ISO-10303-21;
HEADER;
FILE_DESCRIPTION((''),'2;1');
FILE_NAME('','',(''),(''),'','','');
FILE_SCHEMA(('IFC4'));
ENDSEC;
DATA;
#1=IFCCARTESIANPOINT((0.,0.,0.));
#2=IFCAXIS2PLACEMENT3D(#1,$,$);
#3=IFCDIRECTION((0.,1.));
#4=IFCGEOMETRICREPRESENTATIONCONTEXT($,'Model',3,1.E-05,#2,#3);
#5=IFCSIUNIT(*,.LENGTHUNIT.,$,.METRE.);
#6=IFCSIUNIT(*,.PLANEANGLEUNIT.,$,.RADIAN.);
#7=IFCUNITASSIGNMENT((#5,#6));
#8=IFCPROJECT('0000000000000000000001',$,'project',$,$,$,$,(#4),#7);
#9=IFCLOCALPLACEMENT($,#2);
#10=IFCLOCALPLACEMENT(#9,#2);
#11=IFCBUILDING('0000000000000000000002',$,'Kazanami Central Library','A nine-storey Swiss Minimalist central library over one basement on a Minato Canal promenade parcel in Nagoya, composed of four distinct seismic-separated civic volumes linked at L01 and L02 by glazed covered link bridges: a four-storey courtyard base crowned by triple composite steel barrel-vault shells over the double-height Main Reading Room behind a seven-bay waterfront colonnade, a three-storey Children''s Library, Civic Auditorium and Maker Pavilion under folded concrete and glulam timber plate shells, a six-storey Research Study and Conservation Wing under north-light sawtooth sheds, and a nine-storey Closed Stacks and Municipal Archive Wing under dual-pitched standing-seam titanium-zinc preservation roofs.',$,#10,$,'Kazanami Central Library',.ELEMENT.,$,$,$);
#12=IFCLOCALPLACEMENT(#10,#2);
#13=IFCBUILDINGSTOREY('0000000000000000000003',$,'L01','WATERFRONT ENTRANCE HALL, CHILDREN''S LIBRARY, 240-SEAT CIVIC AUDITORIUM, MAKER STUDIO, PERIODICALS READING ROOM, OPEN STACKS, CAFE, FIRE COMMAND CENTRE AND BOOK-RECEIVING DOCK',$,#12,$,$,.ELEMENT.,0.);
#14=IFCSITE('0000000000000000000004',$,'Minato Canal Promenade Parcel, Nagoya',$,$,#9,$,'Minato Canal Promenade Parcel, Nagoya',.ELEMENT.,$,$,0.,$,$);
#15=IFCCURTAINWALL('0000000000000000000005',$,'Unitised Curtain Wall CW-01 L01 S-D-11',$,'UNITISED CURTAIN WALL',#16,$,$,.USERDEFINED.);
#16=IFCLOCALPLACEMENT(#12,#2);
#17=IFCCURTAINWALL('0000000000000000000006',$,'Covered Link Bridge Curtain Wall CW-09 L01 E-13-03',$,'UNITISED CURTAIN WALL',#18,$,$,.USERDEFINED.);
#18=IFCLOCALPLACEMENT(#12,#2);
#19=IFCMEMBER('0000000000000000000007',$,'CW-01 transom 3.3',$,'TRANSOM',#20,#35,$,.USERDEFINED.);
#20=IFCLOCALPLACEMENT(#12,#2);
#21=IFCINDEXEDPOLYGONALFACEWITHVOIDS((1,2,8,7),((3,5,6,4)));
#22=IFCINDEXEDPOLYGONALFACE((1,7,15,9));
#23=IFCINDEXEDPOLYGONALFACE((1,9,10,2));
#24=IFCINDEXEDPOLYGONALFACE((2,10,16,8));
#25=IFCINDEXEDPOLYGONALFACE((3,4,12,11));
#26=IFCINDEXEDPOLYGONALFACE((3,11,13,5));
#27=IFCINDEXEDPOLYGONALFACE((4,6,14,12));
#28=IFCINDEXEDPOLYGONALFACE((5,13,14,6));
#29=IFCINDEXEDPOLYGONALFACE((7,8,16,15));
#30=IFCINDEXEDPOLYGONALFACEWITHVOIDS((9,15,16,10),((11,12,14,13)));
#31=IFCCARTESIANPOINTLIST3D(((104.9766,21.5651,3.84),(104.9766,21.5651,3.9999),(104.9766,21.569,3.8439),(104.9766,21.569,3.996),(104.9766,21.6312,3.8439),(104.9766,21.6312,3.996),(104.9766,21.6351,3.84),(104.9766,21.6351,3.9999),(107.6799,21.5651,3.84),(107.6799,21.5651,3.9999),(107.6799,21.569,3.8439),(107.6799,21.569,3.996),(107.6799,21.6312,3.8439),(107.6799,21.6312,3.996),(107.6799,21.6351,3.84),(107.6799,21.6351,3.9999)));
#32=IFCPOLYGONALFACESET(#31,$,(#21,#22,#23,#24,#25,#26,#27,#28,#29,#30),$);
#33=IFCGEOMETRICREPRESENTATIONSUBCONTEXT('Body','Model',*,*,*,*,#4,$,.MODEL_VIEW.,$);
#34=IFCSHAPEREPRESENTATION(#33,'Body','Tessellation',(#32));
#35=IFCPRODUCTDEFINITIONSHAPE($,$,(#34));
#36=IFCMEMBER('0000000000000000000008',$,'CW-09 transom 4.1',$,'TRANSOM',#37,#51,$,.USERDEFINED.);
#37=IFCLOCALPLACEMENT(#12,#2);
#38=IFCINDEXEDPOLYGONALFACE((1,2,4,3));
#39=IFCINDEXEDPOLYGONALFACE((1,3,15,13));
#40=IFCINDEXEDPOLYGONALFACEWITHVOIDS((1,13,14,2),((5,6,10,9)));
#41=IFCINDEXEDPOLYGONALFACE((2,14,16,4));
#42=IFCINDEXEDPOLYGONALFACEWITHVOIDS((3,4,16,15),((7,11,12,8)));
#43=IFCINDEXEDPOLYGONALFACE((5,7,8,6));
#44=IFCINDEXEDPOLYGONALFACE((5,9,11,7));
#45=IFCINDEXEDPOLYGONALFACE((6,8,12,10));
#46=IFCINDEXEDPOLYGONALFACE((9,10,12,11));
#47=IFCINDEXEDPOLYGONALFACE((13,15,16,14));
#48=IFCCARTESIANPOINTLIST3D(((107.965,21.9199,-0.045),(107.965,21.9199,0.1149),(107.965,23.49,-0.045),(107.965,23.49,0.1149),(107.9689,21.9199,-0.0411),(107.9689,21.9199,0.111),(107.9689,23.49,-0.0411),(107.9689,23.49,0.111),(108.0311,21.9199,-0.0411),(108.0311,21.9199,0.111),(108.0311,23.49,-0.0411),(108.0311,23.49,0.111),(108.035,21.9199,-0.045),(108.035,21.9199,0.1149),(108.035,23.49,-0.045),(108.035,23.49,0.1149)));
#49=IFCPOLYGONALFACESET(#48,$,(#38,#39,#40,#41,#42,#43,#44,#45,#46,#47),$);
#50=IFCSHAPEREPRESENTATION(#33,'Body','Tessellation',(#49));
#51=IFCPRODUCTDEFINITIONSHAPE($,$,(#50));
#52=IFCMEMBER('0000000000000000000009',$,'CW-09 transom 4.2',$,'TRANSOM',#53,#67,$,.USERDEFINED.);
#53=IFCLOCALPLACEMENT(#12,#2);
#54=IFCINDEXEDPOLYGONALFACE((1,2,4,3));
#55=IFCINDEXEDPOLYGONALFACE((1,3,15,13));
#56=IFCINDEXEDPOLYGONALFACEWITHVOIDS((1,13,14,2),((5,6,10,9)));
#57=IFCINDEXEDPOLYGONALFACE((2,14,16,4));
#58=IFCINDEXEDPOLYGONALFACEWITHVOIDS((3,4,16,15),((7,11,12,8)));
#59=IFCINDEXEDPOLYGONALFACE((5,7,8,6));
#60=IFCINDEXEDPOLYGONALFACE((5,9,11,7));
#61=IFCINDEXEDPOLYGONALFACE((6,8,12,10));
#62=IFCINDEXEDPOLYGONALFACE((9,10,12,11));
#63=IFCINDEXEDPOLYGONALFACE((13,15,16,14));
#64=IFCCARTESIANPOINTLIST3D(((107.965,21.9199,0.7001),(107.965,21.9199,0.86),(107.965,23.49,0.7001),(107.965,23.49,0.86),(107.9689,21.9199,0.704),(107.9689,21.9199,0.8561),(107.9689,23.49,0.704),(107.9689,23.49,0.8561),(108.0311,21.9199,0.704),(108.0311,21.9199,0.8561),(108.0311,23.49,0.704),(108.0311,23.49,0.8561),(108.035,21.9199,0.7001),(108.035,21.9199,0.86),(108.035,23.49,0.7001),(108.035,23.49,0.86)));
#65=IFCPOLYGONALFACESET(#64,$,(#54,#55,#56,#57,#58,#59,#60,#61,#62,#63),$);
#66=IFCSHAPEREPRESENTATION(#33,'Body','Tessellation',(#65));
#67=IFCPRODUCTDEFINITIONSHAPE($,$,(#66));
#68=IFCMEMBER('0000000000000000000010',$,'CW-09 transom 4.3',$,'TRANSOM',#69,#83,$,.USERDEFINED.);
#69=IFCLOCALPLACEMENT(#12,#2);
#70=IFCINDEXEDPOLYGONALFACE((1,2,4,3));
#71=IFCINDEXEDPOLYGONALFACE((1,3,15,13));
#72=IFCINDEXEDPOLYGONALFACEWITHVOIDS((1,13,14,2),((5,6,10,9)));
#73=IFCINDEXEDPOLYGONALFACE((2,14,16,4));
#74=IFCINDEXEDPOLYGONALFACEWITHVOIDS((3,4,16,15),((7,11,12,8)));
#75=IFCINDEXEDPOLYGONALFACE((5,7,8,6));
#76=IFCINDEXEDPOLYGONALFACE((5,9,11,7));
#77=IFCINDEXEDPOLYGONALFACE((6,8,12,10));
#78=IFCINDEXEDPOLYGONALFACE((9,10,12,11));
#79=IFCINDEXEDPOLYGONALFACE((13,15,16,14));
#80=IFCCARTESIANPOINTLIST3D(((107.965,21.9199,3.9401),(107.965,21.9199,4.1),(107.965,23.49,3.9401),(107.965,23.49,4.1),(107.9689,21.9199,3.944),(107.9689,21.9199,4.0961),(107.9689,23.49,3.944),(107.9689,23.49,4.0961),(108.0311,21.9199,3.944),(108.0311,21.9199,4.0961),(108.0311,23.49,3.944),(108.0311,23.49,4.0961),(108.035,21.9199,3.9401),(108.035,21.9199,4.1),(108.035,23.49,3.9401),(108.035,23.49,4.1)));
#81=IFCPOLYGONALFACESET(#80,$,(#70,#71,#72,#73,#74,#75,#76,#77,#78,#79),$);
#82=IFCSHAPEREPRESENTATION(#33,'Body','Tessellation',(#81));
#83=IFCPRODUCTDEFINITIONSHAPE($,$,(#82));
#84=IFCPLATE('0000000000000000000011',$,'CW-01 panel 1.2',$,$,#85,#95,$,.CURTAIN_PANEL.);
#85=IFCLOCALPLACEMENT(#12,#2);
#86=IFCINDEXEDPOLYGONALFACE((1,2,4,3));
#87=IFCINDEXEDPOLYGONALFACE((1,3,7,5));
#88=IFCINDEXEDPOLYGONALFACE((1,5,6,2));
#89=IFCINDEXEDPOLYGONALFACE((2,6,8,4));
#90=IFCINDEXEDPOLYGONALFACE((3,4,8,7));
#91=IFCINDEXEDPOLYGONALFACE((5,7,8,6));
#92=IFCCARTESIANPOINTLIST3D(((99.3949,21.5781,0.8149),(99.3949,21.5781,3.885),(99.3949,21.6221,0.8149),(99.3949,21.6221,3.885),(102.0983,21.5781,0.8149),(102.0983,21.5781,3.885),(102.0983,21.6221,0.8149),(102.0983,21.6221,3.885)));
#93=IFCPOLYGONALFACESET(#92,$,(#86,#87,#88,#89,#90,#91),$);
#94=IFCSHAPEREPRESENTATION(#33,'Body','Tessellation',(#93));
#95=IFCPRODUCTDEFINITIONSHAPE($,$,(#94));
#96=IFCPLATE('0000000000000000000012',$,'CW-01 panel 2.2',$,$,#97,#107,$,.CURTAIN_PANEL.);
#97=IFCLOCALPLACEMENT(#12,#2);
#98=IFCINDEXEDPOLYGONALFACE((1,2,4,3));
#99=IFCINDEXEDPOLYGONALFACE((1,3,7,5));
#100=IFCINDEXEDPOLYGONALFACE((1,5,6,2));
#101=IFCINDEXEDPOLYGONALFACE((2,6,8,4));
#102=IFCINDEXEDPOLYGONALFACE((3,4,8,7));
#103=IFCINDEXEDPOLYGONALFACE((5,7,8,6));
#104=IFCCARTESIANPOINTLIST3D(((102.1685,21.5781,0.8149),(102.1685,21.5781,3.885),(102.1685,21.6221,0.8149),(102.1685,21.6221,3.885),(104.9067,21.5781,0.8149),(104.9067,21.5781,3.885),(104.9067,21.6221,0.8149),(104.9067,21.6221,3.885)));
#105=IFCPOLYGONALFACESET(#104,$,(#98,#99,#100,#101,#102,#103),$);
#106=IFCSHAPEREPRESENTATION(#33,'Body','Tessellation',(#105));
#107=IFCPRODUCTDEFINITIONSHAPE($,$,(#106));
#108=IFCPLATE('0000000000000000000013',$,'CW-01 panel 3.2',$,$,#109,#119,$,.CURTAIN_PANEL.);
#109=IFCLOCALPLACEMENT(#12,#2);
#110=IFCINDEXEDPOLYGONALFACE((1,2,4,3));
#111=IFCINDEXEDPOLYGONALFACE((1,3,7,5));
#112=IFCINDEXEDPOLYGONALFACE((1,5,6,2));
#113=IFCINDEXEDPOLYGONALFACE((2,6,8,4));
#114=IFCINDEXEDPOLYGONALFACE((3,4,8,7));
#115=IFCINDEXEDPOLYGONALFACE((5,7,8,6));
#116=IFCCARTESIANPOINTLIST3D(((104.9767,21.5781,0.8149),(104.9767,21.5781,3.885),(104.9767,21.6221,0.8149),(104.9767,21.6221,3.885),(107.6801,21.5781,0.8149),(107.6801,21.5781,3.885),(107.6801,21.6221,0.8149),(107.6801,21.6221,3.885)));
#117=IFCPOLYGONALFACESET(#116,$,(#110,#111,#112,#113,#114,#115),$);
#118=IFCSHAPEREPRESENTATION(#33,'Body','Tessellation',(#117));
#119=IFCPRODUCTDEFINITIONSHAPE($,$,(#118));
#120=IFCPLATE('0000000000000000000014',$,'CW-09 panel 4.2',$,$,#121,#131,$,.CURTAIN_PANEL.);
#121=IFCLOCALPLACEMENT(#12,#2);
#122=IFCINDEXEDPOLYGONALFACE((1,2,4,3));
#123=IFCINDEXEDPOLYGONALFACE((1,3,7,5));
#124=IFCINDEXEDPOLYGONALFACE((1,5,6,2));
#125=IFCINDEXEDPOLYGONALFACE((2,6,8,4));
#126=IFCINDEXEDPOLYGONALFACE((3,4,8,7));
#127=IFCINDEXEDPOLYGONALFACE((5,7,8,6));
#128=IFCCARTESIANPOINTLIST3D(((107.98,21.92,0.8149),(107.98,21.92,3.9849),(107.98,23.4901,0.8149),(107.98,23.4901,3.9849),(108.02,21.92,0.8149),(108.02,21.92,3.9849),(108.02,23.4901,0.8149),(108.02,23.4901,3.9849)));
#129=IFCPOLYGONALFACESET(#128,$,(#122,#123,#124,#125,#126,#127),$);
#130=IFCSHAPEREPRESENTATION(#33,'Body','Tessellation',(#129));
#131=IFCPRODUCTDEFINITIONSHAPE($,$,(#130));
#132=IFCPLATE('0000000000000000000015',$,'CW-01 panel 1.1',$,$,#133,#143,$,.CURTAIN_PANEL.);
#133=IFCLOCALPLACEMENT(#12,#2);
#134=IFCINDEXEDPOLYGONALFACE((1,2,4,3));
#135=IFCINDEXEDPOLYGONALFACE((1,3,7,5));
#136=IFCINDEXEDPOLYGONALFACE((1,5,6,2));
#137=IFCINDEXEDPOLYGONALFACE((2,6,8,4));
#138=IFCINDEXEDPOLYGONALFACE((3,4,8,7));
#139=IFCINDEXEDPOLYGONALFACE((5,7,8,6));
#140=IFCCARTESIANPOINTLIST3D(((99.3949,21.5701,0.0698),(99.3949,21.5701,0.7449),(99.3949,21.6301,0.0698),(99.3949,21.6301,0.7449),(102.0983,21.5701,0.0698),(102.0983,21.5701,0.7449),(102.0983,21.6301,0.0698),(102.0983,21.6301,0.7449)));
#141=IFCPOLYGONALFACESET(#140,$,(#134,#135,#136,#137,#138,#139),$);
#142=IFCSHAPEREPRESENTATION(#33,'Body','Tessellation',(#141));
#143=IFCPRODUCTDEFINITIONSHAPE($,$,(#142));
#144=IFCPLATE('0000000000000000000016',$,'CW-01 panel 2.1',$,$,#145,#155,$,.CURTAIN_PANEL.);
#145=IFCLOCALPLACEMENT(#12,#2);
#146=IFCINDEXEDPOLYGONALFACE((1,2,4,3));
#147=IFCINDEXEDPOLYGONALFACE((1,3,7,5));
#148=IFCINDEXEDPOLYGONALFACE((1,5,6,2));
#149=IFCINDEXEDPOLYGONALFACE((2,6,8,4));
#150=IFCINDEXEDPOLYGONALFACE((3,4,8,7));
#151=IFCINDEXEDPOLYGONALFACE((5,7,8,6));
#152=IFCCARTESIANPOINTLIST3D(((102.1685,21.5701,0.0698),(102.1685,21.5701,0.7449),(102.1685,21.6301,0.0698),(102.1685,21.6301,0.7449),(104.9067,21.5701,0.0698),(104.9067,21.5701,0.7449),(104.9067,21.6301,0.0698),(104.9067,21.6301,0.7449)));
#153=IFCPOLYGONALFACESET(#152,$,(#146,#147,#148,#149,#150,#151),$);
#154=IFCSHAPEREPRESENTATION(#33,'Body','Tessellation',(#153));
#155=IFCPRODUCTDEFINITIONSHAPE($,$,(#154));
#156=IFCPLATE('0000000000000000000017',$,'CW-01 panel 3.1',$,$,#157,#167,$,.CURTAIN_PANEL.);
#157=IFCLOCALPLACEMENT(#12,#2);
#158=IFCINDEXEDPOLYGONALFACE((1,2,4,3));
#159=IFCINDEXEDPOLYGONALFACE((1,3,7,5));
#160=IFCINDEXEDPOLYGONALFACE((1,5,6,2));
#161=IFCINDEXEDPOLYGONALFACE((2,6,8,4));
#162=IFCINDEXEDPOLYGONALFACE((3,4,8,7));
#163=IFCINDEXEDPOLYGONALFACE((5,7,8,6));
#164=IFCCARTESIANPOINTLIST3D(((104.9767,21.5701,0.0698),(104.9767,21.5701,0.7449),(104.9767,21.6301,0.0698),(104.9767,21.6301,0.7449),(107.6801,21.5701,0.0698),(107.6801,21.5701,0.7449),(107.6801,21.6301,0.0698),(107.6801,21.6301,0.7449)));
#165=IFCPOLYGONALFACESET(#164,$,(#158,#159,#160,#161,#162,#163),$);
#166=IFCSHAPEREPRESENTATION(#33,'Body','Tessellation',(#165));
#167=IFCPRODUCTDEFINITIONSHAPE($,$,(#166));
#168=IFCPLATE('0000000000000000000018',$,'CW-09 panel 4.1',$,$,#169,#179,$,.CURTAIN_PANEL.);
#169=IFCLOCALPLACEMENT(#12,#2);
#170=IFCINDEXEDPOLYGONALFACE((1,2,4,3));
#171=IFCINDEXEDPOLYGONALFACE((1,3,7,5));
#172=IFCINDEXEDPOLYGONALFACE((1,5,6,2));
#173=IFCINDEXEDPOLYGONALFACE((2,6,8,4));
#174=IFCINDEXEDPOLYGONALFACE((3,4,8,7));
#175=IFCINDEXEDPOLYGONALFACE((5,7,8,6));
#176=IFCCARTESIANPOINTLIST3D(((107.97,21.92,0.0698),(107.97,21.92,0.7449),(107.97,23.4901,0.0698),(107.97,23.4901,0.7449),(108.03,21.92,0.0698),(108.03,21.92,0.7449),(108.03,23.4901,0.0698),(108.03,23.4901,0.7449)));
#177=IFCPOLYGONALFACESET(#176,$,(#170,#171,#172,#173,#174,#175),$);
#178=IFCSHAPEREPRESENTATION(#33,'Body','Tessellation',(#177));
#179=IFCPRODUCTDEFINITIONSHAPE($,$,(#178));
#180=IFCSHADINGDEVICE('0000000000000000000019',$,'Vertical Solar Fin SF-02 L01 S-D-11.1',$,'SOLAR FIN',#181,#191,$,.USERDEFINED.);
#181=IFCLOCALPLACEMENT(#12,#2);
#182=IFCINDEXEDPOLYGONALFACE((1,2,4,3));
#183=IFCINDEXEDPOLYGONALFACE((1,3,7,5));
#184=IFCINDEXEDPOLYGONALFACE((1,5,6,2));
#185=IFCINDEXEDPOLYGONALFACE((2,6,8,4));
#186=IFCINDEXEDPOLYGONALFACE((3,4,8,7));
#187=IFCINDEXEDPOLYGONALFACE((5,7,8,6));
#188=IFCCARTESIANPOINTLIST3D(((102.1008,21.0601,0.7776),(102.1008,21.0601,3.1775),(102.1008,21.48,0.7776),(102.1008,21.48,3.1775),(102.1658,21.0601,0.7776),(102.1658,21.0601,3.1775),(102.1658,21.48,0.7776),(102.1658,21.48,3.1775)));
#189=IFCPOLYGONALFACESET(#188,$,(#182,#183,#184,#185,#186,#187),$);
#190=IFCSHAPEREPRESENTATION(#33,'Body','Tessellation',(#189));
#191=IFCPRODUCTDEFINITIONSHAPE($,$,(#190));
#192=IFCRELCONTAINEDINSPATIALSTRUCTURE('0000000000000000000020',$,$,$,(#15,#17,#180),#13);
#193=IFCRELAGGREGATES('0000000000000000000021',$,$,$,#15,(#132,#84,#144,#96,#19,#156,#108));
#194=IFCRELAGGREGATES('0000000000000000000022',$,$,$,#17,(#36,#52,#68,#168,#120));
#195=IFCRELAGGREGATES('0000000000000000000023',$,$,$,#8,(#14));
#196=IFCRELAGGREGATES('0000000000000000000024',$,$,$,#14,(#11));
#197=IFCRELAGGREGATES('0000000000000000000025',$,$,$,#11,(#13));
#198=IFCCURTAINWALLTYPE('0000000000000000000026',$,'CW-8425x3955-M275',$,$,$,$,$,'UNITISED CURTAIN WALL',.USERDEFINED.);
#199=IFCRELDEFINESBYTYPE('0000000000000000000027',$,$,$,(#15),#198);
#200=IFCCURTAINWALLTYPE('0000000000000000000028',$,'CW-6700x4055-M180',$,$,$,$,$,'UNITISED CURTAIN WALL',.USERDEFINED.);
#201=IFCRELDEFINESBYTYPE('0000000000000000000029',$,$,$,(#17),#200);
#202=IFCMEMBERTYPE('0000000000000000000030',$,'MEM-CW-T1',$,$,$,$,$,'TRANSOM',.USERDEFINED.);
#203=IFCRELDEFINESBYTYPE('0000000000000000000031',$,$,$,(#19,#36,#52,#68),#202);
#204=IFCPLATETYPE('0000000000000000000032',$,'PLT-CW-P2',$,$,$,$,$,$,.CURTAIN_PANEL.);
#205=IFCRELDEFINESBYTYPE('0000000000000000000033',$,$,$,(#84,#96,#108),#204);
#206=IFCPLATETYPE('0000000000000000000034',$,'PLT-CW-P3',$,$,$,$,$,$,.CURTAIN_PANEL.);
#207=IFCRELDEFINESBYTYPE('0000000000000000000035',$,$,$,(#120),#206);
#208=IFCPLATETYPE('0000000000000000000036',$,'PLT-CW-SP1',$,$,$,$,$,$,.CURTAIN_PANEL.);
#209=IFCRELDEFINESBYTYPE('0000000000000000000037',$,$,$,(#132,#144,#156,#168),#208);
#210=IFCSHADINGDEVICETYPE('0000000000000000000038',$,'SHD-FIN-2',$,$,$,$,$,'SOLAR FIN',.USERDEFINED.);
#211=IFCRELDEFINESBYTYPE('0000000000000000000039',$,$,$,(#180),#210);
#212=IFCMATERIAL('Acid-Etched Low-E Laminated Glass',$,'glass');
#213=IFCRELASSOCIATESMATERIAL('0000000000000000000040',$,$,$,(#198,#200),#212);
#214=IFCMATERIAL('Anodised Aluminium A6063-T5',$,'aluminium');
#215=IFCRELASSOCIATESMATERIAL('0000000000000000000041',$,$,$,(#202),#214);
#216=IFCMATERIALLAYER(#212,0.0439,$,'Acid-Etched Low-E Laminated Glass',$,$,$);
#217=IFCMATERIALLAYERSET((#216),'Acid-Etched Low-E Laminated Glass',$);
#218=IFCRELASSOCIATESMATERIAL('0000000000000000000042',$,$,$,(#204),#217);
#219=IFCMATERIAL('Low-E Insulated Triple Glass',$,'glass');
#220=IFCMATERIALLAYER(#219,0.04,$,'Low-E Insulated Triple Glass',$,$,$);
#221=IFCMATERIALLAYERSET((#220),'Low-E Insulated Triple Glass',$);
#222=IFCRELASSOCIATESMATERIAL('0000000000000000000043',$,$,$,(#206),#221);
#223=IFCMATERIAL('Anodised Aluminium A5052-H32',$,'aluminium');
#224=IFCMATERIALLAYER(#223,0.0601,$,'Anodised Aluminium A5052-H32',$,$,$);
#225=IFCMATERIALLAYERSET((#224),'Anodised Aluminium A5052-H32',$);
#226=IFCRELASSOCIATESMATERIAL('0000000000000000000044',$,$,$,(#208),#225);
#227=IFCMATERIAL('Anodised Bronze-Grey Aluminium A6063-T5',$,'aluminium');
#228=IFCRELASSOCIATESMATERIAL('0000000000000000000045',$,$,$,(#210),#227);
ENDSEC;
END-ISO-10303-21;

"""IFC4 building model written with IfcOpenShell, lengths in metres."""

from ifc_helpers import new_model, si_unit, direction, frame, origin, origin_2d, place, context, subcontext, project, spatial, rectangle, hollow_rectangle, extrude, material, layer, layer_set, material_profile, profile_set, type_object, element, aggregate, save


model = new_model("IFC4")

# Units and contexts
model_context = context("Model", 3, precision=1e-05, world=origin(), true_north=direction((0.0, 1.0)))
body_context = subcontext(model_context, "Body", "Model", "MODEL_VIEW")
ifc_project = project(units=[si_unit("LENGTHUNIT", "METRE"), si_unit("PLANEANGLEUNIT", "RADIAN")], contexts=[model_context])

# Site, building, storey
site_placement = place(None, origin())
site = spatial("IfcSite", under=ifc_project, at=site_placement, Name="Minato Canal Promenade Parcel, Nagoya", LongName="Minato Canal Promenade Parcel, Nagoya", CompositionType="ELEMENT", RefElevation=0.0)
building_placement = place(site_placement, origin())
building = spatial("IfcBuilding", under=site, at=building_placement, Name="Kazanami Central Library", Description="A nine-storey Swiss Minimalist central library over one basement on a Minato Canal promenade parcel in Nagoya, composed of four distinct seismic-separated civic volumes linked at L01 and L02 by glazed covered link bridges: a four-storey courtyard base crowned by triple composite steel barrel-vault shells over the double-height Main Reading Room behind a seven-bay waterfront colonnade, a three-storey Children's Library, Civic Auditorium and Maker Pavilion under folded concrete and glulam timber plate shells, a six-storey Research Study and Conservation Wing under north-light sawtooth sheds, and a nine-storey Closed Stacks and Municipal Archive Wing under dual-pitched standing-seam titanium-zinc preservation roofs.", LongName="Kazanami Central Library", CompositionType="ELEMENT")
storey_placement = place(building_placement, origin())
storey = spatial("IfcBuildingStorey", under=building, at=storey_placement, Name="L01", Description="WATERFRONT ENTRANCE HALL, CHILDREN'S LIBRARY, 240-SEAT CIVIC AUDITORIUM, MAKER STUDIO, PERIODICALS READING ROOM, OPEN STACKS, CAFE, FIRE COMMAND CENTRE AND BOOK-RECEIVING DOCK", CompositionType="ELEMENT", Elevation=0.0)

# Curtain wall
ifc_material_1 = material(Name="Acid-Etched Low-E Laminated Glass", Category="glass")
curtain_wall_type_1 = type_object("IfcCurtainWallType", Name="CW-8425x3955-M275", ElementType="UNITISED CURTAIN WALL", PredefinedType="USERDEFINED", material=ifc_material_1)
curtain_wall_1_placement = place(storey_placement, origin())
curtain_wall_1 = element("IfcCurtainWall", 1, at=curtain_wall_1_placement, inside=storey, type_object=curtain_wall_type_1, Name="Unitised Curtain Wall CW-01 L01 S-D-11", ObjectType="UNITISED CURTAIN WALL", PredefinedType="USERDEFINED")
ifc_material_2 = material(Name="Anodised Aluminium A6063-T5", Category="aluminium")

# Curtain wall
curtain_wall_type_2 = type_object("IfcCurtainWallType", Name="CW-6700x4055-M180", ElementType="UNITISED CURTAIN WALL", PredefinedType="USERDEFINED", material=ifc_material_1)
curtain_wall_2_placement = place(storey_placement, origin())
curtain_wall_2 = element("IfcCurtainWall", 2, at=curtain_wall_2_placement, inside=storey, type_object=curtain_wall_type_2, Name="Covered Link Bridge Curtain Wall CW-09 L01 E-13-03", ObjectType="UNITISED CURTAIN WALL", PredefinedType="USERDEFINED")

# Members
ifc_material_profile_1 = material_profile(ifc_material_2, hollow_rectangle(XDim=0.0701, YDim=0.1599, WallThickness=0.0039, at=origin_2d()), Name="ALU-TRAN-70x160x4")
ifc_profile_set_1 = profile_set([ifc_material_profile_1], Name="Anodised Aluminium A6063-T5")
member_type_1 = type_object("IfcMemberType", Name="MEM-CW-T1", ElementType="TRANSOM", PredefinedType="USERDEFINED", material=ifc_profile_set_1)
member_1_placement = place(storey_placement, frame((104.9766, 21.6001, 3.9199), z_axis=(1.0, 0.0, 0.0), x_axis=(0.0, 1.0, 0.0)))
member_1 = element("IfcMember", 3, at=member_1_placement, type_object=member_type_1, Name="CW-01 transom 3.3", ObjectType="TRANSOM", PredefinedType="USERDEFINED", context=body_context, shape_type="SweptSolid", body=[
    extrude(hollow_rectangle(XDim=0.0701, YDim=0.1599, WallThickness=0.0039, at=origin_2d()), origin(), (0.0, 0.0, 1.0), 2.7034),
])
member_2_placement = place(storey_placement, frame((108.0, 23.49, 0.0349), z_axis=(0.0, -1.0, 0.0), x_axis=(1.0, 0.0, 0.0)))
member_2 = element("IfcMember", 4, at=member_2_placement, type_object=member_type_1, Name="CW-09 transom 4.1", ObjectType="TRANSOM", PredefinedType="USERDEFINED", context=body_context, shape_type="SweptSolid", body=[
    extrude(hollow_rectangle(XDim=0.0701, YDim=0.1599, WallThickness=0.0039, at=origin_2d()), origin(), (0.0, 0.0, 1.0), 1.5701),
])
member_3_placement = place(storey_placement, frame((108.0, 23.49, 0.78), z_axis=(0.0, -1.0, 0.0), x_axis=(1.0, 0.0, 0.0)))
member_3 = element("IfcMember", 5, at=member_3_placement, type_object=member_type_1, Name="CW-09 transom 4.2", ObjectType="TRANSOM", PredefinedType="USERDEFINED", context=body_context, shape_type="SweptSolid", body=[
    extrude(hollow_rectangle(XDim=0.0701, YDim=0.1599, WallThickness=0.0039, at=origin_2d()), origin(), (0.0, 0.0, 1.0), 1.5701),
])
member_4_placement = place(storey_placement, frame((108.0, 23.49, 4.02), z_axis=(0.0, -1.0, 0.0), x_axis=(1.0, 0.0, 0.0)))
member_4 = element("IfcMember", 6, at=member_4_placement, type_object=member_type_1, Name="CW-09 transom 4.3", ObjectType="TRANSOM", PredefinedType="USERDEFINED", context=body_context, shape_type="SweptSolid", body=[
    extrude(hollow_rectangle(XDim=0.0701, YDim=0.1599, WallThickness=0.0039, at=origin_2d()), origin(), (0.0, 0.0, 1.0), 1.5701),
])

# Plates
ifc_layer_1 = layer(ifc_material_1, 0.0439, Name="Acid-Etched Low-E Laminated Glass")
ifc_layer_set_1 = layer_set([ifc_layer_1], Name="Acid-Etched Low-E Laminated Glass")
plate_type_1 = type_object("IfcPlateType", Name="PLT-CW-P2", PredefinedType="CURTAIN_PANEL", material=ifc_layer_set_1)
plate_1_placement = place(storey_placement, frame((100.7466, 21.6001, 0.8149), z_axis=(0.0, 0.0, 1.0), x_axis=(1.0, 0.0, 0.0)))
plate_1 = element("IfcPlate", 7, at=plate_1_placement, type_object=plate_type_1, Name="CW-01 panel 1.2", PredefinedType="CURTAIN_PANEL", context=body_context, shape_type="SweptSolid", body=[
    extrude(rectangle(XDim=2.7034, YDim=0.0439, at=origin_2d()), origin(), (0.0, 0.0, 1.0), 3.0701),
])
plate_2_placement = place(storey_placement, frame((103.5376, 21.6001, 0.8149), z_axis=(0.0, 0.0, 1.0), x_axis=(1.0, 0.0, 0.0)))
plate_2 = element("IfcPlate", 8, at=plate_2_placement, type_object=plate_type_1, Name="CW-01 panel 2.2", PredefinedType="CURTAIN_PANEL", context=body_context, shape_type="SweptSolid", body=[
    extrude(rectangle(XDim=2.7383, YDim=0.0439, at=origin_2d()), origin(), (0.0, 0.0, 1.0), 3.0701),
])
plate_3_placement = place(storey_placement, frame((106.3284, 21.6001, 0.8149), z_axis=(0.0, 0.0, 1.0), x_axis=(1.0, 0.0, 0.0)))
plate_3 = element("IfcPlate", 9, at=plate_3_placement, type_object=plate_type_1, Name="CW-01 panel 3.2", PredefinedType="CURTAIN_PANEL", context=body_context, shape_type="SweptSolid", body=[
    extrude(rectangle(XDim=2.7034, YDim=0.0439, at=origin_2d()), origin(), (0.0, 0.0, 1.0), 3.0701),
])
ifc_material_3 = material(Name="Low-E Insulated Triple Glass", Category="glass")
ifc_layer_2 = layer(ifc_material_3, 0.04, Name="Low-E Insulated Triple Glass")
ifc_layer_set_2 = layer_set([ifc_layer_2], Name="Low-E Insulated Triple Glass")
plate_type_2 = type_object("IfcPlateType", Name="PLT-CW-P3", PredefinedType="CURTAIN_PANEL", material=ifc_layer_set_2)
plate_4_placement = place(storey_placement, frame((108.0, 22.7051, 0.8149), z_axis=(0.0, 0.0, 1.0), x_axis=(0.0, -1.0, 0.0)))
plate_4 = element("IfcPlate", 10, at=plate_4_placement, type_object=plate_type_2, Name="CW-09 panel 4.2", PredefinedType="CURTAIN_PANEL", context=body_context, shape_type="SweptSolid", body=[
    extrude(rectangle(XDim=1.5701, YDim=0.04, at=origin_2d()), origin(), (0.0, 0.0, 1.0), 3.1699),
])
ifc_material_4 = material(Name="Anodised Aluminium A5052-H32", Category="aluminium")
ifc_layer_3 = layer(ifc_material_4, 0.0601, Name="Anodised Aluminium A5052-H32")
ifc_layer_set_3 = layer_set([ifc_layer_3], Name="Anodised Aluminium A5052-H32")
plate_type_3 = type_object("IfcPlateType", Name="PLT-CW-SP1", PredefinedType="CURTAIN_PANEL", material=ifc_layer_set_3)
plate_5_placement = place(storey_placement, frame((100.7466, 21.6001, 0.0698), z_axis=(0.0, 0.0, 1.0), x_axis=(1.0, 0.0, 0.0)))
plate_5 = element("IfcPlate", 11, at=plate_5_placement, type_object=plate_type_3, Name="CW-01 panel 1.1", PredefinedType="CURTAIN_PANEL", context=body_context, shape_type="SweptSolid", body=[
    extrude(rectangle(XDim=2.7034, YDim=0.0601, at=origin_2d()), origin(), (0.0, 0.0, 1.0), 0.675),
])
plate_6_placement = place(storey_placement, frame((103.5376, 21.6001, 0.0698), z_axis=(0.0, 0.0, 1.0), x_axis=(1.0, 0.0, 0.0)))
plate_6 = element("IfcPlate", 12, at=plate_6_placement, type_object=plate_type_3, Name="CW-01 panel 2.1", PredefinedType="CURTAIN_PANEL", context=body_context, shape_type="SweptSolid", body=[
    extrude(rectangle(XDim=2.7383, YDim=0.0601, at=origin_2d()), origin(), (0.0, 0.0, 1.0), 0.675),
])
plate_7_placement = place(storey_placement, frame((106.3284, 21.6001, 0.0698), z_axis=(0.0, 0.0, 1.0), x_axis=(1.0, 0.0, 0.0)))
plate_7 = element("IfcPlate", 13, at=plate_7_placement, type_object=plate_type_3, Name="CW-01 panel 3.1", PredefinedType="CURTAIN_PANEL", context=body_context, shape_type="SweptSolid", body=[
    extrude(rectangle(XDim=2.7034, YDim=0.0601, at=origin_2d()), origin(), (0.0, 0.0, 1.0), 0.675),
])
aggregate(curtain_wall_1, [plate_5, plate_1, plate_6, plate_2, member_1, plate_7, plate_3])
plate_8_placement = place(storey_placement, frame((108.0, 22.7051, 0.0698), z_axis=(0.0, 0.0, 1.0), x_axis=(0.0, -1.0, 0.0)))
plate_8 = element("IfcPlate", 14, at=plate_8_placement, type_object=plate_type_3, Name="CW-09 panel 4.1", PredefinedType="CURTAIN_PANEL", context=body_context, shape_type="SweptSolid", body=[
    extrude(rectangle(XDim=1.5701, YDim=0.0601, at=origin_2d()), origin(), (0.0, 0.0, 1.0), 0.675),
])
aggregate(curtain_wall_2, [member_2, member_3, member_4, plate_8, plate_4])

# Shading device
ifc_material_5 = material(Name="Anodised Bronze-Grey Aluminium A6063-T5", Category="aluminium")
shading_device_type = type_object("IfcShadingDeviceType", Name="SHD-FIN-2", ElementType="SOLAR FIN", PredefinedType="USERDEFINED", material=ifc_material_5)
shading_device_placement = place(storey_placement, frame((102.1333, 21.27, 0.7776), z_axis=(0.0, 0.0, 1.0), x_axis=(1.0, 0.0, 0.0)))
element("IfcShadingDevice", 15, at=shading_device_placement, inside=storey, type_object=shading_device_type, Name="Vertical Solar Fin SF-02 L01 S-D-11.1", ObjectType="SOLAR FIN", PredefinedType="USERDEFINED", context=body_context, shape_type="SweptSolid", body=[
    extrude(rectangle(XDim=0.0649, YDim=0.4199, at=origin_2d()), origin(), (0.0, 0.0, 1.0), 2.3999),
])

save(model, "model.ifc")
